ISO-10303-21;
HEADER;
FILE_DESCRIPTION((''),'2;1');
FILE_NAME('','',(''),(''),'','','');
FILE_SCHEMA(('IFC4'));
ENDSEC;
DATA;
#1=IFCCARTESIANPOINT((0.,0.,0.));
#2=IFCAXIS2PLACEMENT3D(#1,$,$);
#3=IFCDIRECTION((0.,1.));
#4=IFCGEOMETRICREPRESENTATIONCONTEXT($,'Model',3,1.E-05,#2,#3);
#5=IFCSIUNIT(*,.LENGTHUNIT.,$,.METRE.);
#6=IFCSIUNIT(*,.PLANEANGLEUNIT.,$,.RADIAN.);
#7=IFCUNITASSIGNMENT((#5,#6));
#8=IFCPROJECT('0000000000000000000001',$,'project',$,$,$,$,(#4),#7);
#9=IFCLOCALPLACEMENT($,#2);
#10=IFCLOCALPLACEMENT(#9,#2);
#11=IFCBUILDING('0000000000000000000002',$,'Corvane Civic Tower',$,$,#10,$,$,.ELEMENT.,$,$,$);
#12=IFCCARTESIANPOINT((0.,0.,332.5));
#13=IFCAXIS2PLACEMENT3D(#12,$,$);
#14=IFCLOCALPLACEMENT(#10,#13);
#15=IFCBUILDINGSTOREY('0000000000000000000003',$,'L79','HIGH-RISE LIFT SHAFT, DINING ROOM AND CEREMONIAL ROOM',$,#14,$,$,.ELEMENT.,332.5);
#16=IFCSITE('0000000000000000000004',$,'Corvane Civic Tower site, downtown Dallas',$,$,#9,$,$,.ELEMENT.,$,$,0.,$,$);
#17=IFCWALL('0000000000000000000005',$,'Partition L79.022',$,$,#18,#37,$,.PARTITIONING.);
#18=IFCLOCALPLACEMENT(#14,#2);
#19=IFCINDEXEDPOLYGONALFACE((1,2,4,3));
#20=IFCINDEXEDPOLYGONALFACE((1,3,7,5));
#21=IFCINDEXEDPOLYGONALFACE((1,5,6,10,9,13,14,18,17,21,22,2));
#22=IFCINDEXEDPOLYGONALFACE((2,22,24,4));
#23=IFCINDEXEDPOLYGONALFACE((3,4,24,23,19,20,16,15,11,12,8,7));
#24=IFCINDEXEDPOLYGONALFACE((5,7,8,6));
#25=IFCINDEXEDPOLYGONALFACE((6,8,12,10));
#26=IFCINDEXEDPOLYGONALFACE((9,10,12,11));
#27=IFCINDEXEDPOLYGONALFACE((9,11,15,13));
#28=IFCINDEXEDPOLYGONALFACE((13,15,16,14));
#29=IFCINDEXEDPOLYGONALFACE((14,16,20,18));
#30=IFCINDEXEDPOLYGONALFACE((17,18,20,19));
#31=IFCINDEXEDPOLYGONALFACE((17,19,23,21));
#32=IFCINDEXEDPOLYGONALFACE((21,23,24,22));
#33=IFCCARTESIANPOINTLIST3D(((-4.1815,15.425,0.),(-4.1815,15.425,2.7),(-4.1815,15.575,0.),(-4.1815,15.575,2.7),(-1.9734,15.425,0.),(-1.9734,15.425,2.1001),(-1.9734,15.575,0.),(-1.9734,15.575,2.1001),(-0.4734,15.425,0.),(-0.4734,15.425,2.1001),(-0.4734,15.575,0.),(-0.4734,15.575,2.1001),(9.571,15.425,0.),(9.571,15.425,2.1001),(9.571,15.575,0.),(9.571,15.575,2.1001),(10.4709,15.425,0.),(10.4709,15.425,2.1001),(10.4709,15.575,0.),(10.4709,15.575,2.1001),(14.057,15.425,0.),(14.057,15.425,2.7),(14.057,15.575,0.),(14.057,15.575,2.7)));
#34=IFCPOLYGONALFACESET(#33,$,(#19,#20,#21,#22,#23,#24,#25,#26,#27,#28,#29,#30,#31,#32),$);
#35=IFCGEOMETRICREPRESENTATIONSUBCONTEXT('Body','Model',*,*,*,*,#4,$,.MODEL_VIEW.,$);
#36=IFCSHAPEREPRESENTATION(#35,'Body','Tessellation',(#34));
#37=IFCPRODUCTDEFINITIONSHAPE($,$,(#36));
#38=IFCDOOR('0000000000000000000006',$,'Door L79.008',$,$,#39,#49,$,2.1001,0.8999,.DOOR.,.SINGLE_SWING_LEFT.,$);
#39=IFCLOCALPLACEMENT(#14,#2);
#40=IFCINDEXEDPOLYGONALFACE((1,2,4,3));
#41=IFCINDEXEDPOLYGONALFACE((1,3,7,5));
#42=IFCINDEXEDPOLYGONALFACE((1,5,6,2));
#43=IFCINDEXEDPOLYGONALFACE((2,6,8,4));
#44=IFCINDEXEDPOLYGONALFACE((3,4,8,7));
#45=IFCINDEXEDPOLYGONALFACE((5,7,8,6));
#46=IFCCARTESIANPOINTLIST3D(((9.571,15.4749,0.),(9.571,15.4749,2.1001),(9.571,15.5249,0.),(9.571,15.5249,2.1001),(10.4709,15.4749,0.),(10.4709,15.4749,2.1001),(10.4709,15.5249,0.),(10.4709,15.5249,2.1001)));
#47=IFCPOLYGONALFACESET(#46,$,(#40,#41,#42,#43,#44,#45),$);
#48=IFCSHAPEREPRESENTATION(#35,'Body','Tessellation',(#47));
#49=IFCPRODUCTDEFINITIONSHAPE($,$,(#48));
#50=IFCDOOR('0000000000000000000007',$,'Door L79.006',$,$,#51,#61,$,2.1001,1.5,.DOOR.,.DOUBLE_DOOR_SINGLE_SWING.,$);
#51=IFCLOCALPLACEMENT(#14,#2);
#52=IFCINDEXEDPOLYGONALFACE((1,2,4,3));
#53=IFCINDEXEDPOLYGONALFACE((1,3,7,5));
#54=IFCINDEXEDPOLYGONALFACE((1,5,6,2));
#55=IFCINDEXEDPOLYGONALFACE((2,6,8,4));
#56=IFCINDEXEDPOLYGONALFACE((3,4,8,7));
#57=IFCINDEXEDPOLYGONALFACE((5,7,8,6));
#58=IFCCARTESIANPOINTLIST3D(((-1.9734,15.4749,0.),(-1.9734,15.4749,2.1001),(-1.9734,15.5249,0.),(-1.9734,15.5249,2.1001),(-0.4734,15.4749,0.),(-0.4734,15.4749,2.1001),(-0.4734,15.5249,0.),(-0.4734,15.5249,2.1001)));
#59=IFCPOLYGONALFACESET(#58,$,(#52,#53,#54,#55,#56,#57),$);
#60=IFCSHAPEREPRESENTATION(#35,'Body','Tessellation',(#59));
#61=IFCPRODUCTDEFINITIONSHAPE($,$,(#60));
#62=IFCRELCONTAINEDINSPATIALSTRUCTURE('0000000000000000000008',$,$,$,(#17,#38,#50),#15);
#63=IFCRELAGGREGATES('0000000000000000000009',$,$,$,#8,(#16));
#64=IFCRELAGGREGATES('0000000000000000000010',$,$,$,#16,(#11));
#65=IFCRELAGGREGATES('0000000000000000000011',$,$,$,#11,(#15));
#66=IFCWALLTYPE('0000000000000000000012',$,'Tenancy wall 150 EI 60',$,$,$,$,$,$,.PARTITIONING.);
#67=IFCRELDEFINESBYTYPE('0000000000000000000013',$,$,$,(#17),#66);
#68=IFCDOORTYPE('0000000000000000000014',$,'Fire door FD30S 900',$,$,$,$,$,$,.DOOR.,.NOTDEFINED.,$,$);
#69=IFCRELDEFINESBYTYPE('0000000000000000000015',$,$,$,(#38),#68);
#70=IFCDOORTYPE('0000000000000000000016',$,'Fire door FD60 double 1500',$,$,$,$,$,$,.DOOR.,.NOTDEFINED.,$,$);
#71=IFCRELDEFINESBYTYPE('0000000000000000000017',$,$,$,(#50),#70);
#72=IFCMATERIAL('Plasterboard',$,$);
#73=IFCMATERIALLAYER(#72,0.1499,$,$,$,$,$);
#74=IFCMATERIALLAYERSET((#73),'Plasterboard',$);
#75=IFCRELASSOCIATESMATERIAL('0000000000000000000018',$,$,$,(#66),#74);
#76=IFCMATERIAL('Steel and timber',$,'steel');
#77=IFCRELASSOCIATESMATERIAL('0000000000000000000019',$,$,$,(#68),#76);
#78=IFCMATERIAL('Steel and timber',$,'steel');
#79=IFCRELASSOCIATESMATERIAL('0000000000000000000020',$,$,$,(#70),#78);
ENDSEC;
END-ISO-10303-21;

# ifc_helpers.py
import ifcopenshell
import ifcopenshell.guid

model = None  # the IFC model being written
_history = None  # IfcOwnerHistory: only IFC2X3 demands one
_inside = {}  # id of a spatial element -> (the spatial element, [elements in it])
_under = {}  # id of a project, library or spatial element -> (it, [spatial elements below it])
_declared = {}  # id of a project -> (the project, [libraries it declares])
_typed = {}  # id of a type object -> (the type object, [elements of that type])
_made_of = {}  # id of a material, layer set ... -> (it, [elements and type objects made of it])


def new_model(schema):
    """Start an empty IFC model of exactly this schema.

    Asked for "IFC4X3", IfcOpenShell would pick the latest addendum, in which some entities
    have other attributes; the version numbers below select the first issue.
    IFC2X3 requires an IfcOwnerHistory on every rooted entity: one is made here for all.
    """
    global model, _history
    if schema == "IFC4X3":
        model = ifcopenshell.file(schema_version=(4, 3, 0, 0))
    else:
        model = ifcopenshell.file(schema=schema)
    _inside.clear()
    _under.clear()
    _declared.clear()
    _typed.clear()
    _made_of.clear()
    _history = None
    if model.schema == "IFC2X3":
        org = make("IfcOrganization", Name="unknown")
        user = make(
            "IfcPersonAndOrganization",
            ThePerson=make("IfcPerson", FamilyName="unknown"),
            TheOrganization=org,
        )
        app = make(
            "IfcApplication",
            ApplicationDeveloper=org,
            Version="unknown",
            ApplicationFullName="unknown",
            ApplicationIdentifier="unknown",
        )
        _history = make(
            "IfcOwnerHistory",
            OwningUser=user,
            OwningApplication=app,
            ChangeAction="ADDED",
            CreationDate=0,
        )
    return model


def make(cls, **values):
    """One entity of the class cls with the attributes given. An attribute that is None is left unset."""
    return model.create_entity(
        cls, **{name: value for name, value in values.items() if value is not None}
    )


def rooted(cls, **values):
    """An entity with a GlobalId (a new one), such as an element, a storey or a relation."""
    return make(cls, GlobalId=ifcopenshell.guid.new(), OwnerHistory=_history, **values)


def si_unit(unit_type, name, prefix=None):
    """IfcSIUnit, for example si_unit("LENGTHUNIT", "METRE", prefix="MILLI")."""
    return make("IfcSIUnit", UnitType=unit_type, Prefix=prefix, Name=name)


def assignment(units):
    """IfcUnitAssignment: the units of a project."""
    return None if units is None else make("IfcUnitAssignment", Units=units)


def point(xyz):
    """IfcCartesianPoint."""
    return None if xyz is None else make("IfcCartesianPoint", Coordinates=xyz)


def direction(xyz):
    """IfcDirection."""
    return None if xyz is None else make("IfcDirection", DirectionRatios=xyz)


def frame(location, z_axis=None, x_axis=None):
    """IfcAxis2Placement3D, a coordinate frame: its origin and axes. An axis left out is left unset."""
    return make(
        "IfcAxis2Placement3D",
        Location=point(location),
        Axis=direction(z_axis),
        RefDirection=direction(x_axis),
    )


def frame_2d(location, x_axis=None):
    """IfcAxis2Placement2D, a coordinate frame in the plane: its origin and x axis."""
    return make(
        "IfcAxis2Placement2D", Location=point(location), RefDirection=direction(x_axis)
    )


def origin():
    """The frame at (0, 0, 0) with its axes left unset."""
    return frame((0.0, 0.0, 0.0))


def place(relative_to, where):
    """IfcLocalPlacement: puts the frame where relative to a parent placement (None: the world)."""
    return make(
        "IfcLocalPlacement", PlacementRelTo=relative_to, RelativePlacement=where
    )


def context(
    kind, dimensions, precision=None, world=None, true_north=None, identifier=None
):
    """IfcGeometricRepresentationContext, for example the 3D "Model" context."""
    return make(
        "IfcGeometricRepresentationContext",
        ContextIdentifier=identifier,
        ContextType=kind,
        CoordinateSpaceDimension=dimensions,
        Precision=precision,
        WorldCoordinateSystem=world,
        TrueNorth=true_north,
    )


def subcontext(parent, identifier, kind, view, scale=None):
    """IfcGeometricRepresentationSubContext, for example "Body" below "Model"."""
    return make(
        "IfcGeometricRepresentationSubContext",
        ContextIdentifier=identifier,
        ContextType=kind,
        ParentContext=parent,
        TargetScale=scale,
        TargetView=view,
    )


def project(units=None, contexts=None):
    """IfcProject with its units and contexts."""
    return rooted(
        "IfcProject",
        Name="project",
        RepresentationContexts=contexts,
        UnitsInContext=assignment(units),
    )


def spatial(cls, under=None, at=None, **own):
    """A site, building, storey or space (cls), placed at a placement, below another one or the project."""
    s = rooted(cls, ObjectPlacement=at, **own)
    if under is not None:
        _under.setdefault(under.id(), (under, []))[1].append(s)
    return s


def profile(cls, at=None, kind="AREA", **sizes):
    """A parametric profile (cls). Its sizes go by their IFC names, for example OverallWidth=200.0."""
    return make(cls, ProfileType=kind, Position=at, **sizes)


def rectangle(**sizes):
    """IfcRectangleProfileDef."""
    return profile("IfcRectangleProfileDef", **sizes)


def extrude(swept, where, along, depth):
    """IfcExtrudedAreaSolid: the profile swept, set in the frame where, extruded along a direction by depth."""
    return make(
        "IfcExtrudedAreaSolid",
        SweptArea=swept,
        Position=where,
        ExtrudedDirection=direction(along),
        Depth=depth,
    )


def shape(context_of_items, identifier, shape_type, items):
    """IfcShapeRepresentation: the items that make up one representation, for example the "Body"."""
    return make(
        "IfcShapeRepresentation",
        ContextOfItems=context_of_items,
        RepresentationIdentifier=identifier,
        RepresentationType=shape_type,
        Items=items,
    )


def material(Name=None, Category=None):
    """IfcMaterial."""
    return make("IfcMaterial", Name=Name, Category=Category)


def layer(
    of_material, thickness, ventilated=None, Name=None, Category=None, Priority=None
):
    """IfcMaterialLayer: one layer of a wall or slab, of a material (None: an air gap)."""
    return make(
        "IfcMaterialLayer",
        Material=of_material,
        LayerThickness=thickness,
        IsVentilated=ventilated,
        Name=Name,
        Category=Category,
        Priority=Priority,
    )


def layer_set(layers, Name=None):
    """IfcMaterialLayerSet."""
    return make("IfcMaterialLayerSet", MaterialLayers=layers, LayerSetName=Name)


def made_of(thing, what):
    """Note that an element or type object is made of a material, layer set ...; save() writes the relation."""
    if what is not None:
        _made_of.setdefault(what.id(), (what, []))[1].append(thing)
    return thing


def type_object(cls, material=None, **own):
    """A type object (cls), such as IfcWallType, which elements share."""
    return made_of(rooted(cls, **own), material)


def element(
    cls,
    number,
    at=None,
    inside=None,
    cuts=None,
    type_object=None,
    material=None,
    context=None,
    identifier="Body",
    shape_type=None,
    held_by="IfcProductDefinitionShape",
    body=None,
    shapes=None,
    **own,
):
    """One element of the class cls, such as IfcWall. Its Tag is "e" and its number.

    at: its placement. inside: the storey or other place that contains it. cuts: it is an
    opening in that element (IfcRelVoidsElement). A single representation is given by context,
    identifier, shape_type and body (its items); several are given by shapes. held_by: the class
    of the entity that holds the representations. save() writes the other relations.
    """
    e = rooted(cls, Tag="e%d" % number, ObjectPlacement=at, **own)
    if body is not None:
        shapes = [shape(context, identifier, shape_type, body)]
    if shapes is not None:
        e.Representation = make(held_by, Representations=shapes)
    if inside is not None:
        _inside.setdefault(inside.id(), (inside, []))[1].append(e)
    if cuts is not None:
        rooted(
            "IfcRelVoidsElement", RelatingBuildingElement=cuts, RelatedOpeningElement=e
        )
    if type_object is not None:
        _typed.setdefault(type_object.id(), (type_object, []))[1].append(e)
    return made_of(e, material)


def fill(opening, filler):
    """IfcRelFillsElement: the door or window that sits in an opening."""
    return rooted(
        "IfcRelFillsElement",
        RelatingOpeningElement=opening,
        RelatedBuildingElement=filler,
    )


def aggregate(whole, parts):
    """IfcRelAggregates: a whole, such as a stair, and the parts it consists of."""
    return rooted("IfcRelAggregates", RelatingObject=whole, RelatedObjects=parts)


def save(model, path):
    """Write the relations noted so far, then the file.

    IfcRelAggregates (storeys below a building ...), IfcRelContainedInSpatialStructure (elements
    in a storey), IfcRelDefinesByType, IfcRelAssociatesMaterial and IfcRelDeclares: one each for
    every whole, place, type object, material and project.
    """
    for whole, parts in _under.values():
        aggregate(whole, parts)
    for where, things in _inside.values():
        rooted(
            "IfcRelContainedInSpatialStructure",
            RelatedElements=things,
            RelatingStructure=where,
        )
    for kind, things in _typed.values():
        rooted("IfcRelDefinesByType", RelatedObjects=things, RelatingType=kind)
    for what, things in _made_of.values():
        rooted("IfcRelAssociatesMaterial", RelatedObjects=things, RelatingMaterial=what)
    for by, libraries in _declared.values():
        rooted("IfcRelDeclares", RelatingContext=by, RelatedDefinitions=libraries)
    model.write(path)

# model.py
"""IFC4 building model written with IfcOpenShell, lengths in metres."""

from ifc_helpers import new_model, si_unit, direction, frame, frame_2d, origin, place, context, subcontext, project, spatial, rectangle, extrude, material, layer, layer_set, type_object, element, fill, save


model = new_model("IFC4")

# Units and contexts
model_context = context("Model", 3, precision=1e-05, world=origin(), true_north=direction((0.0, 1.0)))
body_context = subcontext(model_context, "Body", "Model", "MODEL_VIEW")
ifc_project = project(units=[si_unit("LENGTHUNIT", "METRE"), si_unit("PLANEANGLEUNIT", "RADIAN")], contexts=[model_context])

# Site, building, storey
site_placement = place(None, origin())
site = spatial("IfcSite", under=ifc_project, at=site_placement, Name="Corvane Civic Tower site, downtown Dallas", CompositionType="ELEMENT", RefElevation=0.0)
building_placement = place(site_placement, origin())
building = spatial("IfcBuilding", under=site, at=building_placement, Name="Corvane Civic Tower", CompositionType="ELEMENT")
storey_placement = place(building_placement, frame((0.0, 0.0, 332.5)))
storey = spatial("IfcBuildingStorey", under=building, at=storey_placement, Name="L79", Description="HIGH-RISE LIFT SHAFT, DINING ROOM AND CEREMONIAL ROOM", CompositionType="ELEMENT", Elevation=332.5)

# Wall, openings, doors
ifc_material_1 = material(Name="Plasterboard")
ifc_layer_1 = layer(ifc_material_1, 0.1499)
ifc_layer_set_1 = layer_set([ifc_layer_1], Name="Plasterboard")
wall_type_1 = type_object("IfcWallType", Name="Tenancy wall 150 EI 60", PredefinedType="PARTITIONING", material=ifc_layer_set_1)
wall_1_placement = place(storey_placement, frame((-4.1814, 15.5, 0.0), z_axis=(0.0, 0.0, 1.0), x_axis=(1.0, 0.0, 0.0)))
wall_1 = element("IfcWall", 1, at=wall_1_placement, inside=storey, type_object=wall_type_1, Name="Partition L79.022", PredefinedType="PARTITIONING", context=body_context, shape_type="SweptSolid", body=[
    extrude(rectangle(XDim=18.2385, YDim=0.1499, at=frame_2d((9.1191, 0.0))), origin(), (0.0, 0.0, 1.0), 2.7),
])
opening_1_placement = place(wall_1_placement, frame((2.208, 0.0, 0.0)))
opening_1 = element("IfcOpeningElement", 2, at=opening_1_placement, cuts=wall_1, PredefinedType="OPENING", context=body_context, shape_type="SweptSolid", body=[
    extrude(rectangle(XDim=1.5, YDim=2.1001, at=frame_2d((0.75, 1.05))), frame((0.0, 0.085, 0.0), z_axis=(0.0, -1.0, 0.0), x_axis=(1.0, 0.0, 0.0)), (0.0, 0.0, 1.0), 0.1699),
])
opening_2_placement = place(wall_1_placement, frame((13.7524, 0.0, 0.0)))
opening_2 = element("IfcOpeningElement", 3, at=opening_2_placement, cuts=wall_1, PredefinedType="OPENING", context=body_context, shape_type="SweptSolid", body=[
    extrude(rectangle(XDim=0.8999, YDim=2.1001, at=frame_2d((0.45, 1.05))), frame((0.0, 0.085, 0.0), z_axis=(0.0, -1.0, 0.0), x_axis=(1.0, 0.0, 0.0)), (0.0, 0.0, 1.0), 0.1699),
])
ifc_material_2 = material(Name="Steel and timber", Category="steel")
door_type_1 = type_object("IfcDoorType", Name="Fire door FD30S 900", OperationType="NOTDEFINED", PredefinedType="DOOR", material=ifc_material_2)
door_1_placement = place(opening_2_placement, origin())
door_1 = element("IfcDoor", 4, at=door_1_placement, inside=storey, type_object=door_type_1, Name="Door L79.008", OperationType="SINGLE_SWING_LEFT", OverallHeight=2.1001, OverallWidth=0.8999, PredefinedType="DOOR", context=body_context, shape_type="SweptSolid", body=[
    extrude(rectangle(XDim=0.8999, YDim=2.1001, at=frame_2d((0.45, 1.05))), frame((0.0, 0.0249, 0.0), z_axis=(0.0, -1.0, 0.0), x_axis=(1.0, 0.0, 0.0)), (0.0, 0.0, 1.0), 0.05),
])
fill(opening_2, door_1)
ifc_material_3 = material(Name="Steel and timber", Category="steel")
door_type_2 = type_object("IfcDoorType", Name="Fire door FD60 double 1500", OperationType="NOTDEFINED", PredefinedType="DOOR", material=ifc_material_3)
door_2_placement = place(opening_1_placement, origin())
door_2 = element("IfcDoor", 5, at=door_2_placement, inside=storey, type_object=door_type_2, Name="Door L79.006", OperationType="DOUBLE_DOOR_SINGLE_SWING", OverallHeight=2.1001, OverallWidth=1.5, PredefinedType="DOOR", context=body_context, shape_type="SweptSolid", body=[
    extrude(rectangle(XDim=1.5, YDim=2.1001, at=frame_2d((0.75, 1.05))), frame((0.0, 0.0249, 0.0), z_axis=(0.0, -1.0, 0.0), x_axis=(1.0, 0.0, 0.0)), (0.0, 0.0, 1.0), 0.05),
])
fill(opening_1, door_2)

save(model, "model.ifc")
